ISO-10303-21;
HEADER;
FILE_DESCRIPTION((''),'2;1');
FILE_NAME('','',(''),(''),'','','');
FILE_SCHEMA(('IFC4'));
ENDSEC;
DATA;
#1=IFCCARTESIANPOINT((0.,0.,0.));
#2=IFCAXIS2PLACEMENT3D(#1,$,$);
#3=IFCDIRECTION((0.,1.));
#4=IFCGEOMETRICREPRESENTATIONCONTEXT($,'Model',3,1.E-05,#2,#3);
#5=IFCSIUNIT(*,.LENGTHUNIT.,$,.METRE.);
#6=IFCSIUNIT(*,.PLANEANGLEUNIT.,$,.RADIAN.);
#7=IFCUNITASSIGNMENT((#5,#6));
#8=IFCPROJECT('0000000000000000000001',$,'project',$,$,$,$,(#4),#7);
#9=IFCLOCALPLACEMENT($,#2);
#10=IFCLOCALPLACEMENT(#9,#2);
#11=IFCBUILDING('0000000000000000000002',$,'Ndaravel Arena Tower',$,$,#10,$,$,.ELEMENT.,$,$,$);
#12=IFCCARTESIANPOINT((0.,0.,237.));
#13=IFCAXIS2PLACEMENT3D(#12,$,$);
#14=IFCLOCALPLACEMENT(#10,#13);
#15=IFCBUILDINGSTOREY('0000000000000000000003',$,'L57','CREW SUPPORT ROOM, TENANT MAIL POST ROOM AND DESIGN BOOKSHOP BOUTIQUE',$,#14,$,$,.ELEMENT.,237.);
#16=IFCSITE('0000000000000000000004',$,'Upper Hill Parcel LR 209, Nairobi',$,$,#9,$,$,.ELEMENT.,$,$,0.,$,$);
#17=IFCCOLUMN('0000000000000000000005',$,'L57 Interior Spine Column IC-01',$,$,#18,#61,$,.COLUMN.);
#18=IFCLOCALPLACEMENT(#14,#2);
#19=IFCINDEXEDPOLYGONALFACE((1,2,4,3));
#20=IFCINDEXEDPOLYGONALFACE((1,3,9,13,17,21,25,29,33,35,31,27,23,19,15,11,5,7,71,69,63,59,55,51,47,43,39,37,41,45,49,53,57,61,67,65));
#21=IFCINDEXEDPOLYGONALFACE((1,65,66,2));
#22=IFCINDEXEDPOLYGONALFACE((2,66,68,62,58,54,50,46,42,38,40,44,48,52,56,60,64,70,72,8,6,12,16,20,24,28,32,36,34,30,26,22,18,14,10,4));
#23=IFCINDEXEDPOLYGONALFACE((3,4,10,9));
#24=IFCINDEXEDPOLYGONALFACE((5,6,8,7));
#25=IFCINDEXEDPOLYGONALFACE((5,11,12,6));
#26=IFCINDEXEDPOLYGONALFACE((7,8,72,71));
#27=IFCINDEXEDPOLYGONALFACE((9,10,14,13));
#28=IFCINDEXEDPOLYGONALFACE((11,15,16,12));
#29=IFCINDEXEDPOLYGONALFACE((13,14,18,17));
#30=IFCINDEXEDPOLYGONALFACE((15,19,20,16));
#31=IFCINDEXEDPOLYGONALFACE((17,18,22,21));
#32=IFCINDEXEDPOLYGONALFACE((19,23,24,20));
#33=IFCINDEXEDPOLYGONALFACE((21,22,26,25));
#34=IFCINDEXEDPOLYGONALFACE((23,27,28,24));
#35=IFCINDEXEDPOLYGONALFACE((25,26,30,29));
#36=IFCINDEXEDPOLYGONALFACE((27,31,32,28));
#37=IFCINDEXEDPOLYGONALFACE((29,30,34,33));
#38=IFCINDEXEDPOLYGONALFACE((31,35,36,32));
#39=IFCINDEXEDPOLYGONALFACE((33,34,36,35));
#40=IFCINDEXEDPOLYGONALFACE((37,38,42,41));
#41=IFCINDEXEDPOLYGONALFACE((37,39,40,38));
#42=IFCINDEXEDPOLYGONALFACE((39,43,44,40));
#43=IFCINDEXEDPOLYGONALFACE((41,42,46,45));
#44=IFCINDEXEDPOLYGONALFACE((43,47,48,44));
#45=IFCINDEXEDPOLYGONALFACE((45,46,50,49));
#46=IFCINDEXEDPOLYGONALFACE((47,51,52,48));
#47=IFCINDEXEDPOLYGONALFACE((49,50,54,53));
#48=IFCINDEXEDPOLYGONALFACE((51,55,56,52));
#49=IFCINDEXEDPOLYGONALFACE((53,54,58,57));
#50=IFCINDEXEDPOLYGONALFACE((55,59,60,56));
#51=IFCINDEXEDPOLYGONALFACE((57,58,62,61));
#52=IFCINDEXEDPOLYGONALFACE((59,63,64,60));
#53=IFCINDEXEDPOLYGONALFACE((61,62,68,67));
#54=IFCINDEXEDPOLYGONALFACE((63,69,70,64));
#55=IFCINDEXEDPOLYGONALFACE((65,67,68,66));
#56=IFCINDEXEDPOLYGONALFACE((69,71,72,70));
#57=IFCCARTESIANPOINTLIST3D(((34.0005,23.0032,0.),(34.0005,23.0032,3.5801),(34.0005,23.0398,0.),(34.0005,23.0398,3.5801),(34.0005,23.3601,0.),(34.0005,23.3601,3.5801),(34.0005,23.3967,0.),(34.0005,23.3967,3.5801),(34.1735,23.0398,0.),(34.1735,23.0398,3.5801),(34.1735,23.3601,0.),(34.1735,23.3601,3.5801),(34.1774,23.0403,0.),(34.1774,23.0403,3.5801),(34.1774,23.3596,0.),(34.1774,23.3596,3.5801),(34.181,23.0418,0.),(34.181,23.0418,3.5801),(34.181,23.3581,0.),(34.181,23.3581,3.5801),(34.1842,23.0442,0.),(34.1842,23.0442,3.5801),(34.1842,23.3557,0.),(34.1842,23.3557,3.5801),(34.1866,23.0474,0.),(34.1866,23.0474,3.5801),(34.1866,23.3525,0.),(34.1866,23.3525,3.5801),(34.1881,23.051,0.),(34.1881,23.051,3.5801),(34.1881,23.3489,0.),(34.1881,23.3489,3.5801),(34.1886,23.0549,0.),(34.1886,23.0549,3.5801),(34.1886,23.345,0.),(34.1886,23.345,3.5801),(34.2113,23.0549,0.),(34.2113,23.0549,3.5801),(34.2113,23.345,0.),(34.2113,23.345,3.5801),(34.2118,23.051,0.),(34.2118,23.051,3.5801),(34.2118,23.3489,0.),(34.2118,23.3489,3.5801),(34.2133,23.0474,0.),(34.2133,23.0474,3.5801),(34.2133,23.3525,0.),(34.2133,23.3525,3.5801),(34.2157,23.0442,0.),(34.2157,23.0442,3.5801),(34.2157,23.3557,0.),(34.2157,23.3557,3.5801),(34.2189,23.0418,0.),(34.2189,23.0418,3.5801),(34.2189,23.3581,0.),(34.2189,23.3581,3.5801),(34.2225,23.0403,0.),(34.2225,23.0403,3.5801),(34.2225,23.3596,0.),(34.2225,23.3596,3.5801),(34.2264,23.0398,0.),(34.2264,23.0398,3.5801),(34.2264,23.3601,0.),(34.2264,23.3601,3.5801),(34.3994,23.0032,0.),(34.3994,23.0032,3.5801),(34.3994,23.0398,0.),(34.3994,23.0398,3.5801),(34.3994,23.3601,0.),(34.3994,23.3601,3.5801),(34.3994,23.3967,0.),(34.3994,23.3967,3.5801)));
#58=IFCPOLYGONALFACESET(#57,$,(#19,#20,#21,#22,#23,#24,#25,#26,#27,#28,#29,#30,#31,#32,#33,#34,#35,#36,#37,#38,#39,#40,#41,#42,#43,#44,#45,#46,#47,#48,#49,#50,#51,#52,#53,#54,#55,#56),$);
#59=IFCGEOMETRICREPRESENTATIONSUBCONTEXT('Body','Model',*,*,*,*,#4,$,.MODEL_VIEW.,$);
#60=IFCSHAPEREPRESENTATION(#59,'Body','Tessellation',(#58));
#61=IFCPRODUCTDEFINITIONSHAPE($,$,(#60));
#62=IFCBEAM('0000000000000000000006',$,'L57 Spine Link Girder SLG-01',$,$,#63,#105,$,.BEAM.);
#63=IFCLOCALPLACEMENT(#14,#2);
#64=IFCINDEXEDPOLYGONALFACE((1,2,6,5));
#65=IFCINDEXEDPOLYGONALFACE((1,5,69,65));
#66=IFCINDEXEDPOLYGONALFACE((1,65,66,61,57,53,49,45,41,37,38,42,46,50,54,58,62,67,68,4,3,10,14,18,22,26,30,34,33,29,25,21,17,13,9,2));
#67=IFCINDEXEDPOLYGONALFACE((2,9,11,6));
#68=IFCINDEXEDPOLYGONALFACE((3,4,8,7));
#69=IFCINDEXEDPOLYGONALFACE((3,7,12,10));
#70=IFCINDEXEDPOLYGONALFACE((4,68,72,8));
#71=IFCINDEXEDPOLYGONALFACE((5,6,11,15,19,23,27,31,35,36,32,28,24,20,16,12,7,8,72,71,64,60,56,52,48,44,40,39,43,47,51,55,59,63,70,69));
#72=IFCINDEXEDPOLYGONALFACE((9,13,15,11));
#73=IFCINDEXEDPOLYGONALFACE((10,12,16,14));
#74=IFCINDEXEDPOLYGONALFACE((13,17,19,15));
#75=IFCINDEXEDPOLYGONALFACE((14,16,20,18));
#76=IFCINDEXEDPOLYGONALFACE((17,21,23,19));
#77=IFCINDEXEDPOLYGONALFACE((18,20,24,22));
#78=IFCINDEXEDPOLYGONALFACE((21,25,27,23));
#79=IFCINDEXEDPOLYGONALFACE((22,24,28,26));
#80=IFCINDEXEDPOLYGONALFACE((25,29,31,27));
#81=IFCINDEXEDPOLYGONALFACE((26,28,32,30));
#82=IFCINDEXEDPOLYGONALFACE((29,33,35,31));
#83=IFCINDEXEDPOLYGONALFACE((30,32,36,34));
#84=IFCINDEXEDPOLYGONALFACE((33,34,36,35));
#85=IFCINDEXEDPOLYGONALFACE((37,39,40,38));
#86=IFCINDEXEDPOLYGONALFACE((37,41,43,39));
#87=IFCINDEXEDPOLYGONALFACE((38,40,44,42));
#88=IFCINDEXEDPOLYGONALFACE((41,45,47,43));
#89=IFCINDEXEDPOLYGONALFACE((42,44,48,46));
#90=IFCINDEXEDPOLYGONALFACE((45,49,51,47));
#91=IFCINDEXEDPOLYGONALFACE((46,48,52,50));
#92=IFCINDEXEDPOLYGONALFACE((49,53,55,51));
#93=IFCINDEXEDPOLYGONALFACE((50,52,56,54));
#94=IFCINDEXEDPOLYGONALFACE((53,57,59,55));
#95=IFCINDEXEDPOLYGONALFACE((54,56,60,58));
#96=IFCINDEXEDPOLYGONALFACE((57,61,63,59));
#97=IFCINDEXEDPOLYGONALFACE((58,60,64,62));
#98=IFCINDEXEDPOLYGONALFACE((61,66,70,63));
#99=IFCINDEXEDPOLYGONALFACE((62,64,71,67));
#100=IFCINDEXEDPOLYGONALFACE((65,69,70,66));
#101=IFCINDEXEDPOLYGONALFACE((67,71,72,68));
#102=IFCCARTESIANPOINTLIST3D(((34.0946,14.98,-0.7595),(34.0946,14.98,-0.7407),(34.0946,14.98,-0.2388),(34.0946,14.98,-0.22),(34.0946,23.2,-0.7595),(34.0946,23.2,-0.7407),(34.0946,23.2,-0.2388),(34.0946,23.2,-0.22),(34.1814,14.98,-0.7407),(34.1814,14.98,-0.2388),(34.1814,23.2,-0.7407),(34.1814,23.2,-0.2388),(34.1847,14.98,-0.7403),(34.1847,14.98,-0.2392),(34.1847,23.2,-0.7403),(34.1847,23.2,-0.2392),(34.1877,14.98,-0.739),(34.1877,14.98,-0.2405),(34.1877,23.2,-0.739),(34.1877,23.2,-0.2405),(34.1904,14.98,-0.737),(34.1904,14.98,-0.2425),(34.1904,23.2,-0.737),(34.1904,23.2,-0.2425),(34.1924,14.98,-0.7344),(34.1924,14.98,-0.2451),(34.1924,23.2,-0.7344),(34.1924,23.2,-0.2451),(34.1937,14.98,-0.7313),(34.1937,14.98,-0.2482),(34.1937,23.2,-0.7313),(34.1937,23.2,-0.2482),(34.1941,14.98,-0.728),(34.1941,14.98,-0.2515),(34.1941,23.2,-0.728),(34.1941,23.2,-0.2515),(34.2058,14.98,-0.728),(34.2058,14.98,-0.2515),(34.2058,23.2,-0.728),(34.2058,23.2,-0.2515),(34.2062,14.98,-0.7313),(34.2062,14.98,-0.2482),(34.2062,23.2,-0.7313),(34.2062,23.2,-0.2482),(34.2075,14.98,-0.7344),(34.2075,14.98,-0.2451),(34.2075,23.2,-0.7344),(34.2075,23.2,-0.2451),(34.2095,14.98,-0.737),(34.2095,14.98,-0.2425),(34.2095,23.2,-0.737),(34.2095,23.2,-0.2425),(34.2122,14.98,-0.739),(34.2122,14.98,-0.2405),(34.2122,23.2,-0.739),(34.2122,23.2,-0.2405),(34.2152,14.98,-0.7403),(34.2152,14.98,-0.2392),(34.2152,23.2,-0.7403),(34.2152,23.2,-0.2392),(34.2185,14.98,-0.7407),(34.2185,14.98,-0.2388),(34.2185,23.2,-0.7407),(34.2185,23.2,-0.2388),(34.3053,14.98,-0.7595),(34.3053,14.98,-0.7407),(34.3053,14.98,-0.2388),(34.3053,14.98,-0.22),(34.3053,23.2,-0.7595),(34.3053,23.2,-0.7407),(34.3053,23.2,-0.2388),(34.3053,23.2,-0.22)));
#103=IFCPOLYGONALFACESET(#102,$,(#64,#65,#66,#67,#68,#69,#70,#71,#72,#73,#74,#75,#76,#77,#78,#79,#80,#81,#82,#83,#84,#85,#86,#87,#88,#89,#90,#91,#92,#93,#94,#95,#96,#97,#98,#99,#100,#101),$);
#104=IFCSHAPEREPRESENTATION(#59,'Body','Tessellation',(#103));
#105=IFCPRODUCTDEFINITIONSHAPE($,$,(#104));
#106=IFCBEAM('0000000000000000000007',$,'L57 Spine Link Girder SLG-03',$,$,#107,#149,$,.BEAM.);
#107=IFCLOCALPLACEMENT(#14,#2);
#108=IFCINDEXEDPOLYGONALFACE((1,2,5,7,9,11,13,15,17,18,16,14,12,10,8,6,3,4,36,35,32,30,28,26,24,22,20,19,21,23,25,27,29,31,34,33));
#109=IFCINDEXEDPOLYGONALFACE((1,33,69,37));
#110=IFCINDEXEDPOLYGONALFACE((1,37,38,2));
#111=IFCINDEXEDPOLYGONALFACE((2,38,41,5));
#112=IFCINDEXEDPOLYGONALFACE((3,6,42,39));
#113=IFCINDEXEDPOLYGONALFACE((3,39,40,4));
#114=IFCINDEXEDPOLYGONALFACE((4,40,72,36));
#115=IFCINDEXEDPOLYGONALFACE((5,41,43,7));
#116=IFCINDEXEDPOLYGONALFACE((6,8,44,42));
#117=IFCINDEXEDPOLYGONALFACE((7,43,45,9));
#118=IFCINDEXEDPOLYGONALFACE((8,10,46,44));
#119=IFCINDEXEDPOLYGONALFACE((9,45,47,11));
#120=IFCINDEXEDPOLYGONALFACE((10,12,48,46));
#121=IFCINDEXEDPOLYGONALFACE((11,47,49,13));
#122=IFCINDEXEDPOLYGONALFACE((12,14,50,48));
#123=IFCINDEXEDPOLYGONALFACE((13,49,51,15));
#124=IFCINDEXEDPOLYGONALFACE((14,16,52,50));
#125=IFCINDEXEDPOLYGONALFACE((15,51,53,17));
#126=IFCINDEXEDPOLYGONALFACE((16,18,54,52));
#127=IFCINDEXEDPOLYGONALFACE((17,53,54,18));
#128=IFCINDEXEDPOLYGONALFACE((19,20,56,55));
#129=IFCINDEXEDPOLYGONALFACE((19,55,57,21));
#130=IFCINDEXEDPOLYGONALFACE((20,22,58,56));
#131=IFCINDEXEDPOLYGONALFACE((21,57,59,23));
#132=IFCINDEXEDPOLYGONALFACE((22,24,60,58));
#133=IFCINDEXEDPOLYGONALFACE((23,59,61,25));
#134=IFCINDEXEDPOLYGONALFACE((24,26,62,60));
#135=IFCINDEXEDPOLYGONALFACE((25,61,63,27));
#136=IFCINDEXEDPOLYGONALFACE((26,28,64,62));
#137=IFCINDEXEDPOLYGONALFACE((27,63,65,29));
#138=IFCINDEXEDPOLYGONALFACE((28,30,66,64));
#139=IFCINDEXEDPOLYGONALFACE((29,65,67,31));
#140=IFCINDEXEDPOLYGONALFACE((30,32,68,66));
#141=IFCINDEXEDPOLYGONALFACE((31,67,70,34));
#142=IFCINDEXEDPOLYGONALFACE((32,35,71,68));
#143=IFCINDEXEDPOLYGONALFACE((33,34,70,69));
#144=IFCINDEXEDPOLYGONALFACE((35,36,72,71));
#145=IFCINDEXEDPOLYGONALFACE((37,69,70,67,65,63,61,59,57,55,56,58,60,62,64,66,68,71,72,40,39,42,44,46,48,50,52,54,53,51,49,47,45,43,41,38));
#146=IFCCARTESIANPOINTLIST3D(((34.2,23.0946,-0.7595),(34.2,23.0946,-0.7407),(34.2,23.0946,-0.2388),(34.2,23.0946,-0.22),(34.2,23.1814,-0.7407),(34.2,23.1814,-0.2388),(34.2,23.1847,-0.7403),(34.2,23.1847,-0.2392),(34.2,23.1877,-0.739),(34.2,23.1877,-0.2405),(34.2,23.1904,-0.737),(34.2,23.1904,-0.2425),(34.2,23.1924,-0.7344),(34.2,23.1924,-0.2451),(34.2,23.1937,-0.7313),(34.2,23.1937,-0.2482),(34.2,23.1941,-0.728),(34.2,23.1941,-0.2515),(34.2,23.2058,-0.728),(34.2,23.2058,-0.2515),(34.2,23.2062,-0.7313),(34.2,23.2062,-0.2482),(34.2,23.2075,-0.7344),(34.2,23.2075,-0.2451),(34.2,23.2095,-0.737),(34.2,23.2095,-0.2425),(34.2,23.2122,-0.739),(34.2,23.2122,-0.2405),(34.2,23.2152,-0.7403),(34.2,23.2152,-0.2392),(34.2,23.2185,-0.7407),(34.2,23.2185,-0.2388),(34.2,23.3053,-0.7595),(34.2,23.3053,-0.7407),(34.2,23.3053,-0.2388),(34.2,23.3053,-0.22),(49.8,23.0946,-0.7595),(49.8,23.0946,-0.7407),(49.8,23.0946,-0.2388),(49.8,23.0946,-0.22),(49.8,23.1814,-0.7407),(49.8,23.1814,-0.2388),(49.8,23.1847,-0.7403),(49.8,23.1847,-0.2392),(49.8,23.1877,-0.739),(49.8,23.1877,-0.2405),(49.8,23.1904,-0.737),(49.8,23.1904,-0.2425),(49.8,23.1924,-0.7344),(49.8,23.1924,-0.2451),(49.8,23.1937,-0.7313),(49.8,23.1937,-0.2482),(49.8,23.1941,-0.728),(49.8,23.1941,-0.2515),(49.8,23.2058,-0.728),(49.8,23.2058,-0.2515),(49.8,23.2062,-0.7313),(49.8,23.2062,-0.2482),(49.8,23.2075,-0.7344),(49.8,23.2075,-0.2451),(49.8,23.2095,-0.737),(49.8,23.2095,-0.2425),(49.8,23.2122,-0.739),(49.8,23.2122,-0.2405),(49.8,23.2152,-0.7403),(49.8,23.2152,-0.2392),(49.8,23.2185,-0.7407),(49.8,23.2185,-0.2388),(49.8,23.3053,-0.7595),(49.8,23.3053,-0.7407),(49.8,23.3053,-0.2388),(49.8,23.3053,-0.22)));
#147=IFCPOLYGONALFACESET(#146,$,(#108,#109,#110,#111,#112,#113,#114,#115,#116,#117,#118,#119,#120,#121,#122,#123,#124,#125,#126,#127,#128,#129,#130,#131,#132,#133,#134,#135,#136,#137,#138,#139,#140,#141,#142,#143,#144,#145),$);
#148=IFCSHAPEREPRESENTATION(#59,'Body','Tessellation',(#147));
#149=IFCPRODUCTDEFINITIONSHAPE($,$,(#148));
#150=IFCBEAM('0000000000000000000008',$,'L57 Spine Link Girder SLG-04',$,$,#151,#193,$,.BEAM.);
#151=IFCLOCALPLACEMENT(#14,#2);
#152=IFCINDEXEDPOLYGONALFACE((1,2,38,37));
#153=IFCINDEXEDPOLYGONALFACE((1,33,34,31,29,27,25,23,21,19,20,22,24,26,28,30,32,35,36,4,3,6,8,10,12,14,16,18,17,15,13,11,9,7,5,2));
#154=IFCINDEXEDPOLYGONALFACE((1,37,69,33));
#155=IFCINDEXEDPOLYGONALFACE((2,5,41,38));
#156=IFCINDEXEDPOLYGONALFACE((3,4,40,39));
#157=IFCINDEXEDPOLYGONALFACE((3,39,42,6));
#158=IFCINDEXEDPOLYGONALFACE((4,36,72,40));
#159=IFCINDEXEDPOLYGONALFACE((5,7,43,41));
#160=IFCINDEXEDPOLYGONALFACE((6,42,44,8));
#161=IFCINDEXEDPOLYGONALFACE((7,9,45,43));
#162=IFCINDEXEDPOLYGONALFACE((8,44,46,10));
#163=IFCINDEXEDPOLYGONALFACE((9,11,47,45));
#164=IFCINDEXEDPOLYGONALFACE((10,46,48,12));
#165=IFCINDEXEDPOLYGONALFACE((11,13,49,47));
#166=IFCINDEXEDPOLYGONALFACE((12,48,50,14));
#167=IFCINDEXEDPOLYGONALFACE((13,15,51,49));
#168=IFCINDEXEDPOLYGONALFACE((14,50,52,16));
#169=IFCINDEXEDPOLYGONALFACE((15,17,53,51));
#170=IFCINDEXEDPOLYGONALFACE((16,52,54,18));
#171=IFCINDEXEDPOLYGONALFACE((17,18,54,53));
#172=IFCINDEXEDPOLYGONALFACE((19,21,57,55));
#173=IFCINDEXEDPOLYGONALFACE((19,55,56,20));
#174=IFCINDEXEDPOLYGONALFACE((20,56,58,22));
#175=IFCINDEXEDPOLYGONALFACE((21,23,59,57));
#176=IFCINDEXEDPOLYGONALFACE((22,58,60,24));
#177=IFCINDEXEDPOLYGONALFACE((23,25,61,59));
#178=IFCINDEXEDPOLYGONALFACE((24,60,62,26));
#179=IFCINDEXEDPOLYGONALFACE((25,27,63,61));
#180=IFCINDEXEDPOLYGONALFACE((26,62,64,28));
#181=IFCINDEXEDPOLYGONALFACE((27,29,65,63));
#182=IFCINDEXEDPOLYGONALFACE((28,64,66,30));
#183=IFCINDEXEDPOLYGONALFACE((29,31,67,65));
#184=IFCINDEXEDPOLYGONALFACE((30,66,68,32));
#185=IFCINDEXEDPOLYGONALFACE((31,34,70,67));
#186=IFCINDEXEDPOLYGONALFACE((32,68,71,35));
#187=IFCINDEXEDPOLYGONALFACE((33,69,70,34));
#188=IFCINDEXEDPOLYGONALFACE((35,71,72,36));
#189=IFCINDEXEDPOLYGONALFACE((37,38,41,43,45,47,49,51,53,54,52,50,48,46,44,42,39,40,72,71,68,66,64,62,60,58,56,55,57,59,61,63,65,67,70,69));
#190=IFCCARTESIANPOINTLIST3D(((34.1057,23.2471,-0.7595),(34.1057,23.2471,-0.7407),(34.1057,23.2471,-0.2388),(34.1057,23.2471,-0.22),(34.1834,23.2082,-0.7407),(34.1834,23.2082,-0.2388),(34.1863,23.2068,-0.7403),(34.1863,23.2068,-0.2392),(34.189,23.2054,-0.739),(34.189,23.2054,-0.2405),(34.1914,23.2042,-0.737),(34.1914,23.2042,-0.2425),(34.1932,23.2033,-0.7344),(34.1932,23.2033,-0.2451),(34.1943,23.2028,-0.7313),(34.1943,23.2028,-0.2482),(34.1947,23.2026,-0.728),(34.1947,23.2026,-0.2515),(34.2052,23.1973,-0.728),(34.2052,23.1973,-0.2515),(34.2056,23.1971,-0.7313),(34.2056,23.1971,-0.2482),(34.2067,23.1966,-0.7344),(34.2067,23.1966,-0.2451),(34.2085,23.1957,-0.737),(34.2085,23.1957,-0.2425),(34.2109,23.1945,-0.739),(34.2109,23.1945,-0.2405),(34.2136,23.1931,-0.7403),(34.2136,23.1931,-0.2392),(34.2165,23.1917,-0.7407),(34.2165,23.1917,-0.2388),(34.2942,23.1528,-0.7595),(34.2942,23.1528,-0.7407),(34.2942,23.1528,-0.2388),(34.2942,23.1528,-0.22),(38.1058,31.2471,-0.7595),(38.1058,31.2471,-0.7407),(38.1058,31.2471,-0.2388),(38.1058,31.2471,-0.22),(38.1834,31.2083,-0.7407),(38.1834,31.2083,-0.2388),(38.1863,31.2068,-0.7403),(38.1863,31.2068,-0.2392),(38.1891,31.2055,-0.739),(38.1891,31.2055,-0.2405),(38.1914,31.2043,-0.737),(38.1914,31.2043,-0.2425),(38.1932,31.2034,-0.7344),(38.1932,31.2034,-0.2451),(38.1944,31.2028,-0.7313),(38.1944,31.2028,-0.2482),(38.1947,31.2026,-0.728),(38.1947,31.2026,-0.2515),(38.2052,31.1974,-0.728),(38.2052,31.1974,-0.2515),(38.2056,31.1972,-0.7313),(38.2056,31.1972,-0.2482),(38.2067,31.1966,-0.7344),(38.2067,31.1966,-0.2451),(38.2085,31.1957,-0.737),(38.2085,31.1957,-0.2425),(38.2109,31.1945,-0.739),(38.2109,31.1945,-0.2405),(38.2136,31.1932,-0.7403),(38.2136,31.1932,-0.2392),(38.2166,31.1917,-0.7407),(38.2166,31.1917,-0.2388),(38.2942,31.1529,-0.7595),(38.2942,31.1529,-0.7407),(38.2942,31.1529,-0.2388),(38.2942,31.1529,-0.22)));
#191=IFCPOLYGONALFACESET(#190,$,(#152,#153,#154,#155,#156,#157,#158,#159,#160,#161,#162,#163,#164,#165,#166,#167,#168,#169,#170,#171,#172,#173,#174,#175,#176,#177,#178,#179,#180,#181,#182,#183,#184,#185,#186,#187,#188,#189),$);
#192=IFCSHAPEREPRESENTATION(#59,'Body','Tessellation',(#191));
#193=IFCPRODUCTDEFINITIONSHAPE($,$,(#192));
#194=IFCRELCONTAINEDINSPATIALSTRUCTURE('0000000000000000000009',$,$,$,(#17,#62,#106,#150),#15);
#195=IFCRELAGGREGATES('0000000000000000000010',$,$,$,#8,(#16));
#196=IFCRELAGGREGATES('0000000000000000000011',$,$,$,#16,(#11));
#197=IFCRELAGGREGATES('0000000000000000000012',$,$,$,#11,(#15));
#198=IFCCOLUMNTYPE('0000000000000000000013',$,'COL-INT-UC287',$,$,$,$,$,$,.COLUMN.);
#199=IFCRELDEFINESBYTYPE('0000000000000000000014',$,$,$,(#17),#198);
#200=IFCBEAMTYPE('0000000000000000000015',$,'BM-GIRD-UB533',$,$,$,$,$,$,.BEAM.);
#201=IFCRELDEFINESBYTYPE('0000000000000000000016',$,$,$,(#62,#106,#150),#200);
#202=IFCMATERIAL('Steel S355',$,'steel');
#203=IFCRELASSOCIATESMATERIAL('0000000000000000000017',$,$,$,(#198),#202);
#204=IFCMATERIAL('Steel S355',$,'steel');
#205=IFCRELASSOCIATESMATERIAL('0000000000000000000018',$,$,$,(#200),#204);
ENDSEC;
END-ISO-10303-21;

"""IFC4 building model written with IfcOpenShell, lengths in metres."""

from ifc_helpers import new_model, si_unit, direction, frame, origin, origin_2d, place, context, subcontext, project, spatial, i_section, extrude, material, material_profile, profile_set, type_object, element, save


model = new_model("IFC4")

# Units and contexts
model_context = context("Model", 3, precision=1e-05, world=origin(), true_north=direction((0.0, 1.0)))
body_context = subcontext(model_context, "Body", "Model", "MODEL_VIEW")
ifc_project = project(units=[si_unit("LENGTHUNIT", "METRE"), si_unit("PLANEANGLEUNIT", "RADIAN")], contexts=[model_context])

# Site, building, storey
site_placement = place(None, origin())
site = spatial("IfcSite", under=ifc_project, at=site_placement, Name="Upper Hill Parcel LR 209, Nairobi", CompositionType="ELEMENT", RefElevation=0.0)
building_placement = place(site_placement, origin())
building = spatial("IfcBuilding", under=site, at=building_placement, Name="Ndaravel Arena Tower", CompositionType="ELEMENT")
storey_placement = place(building_placement, frame((0.0, 0.0, 237.0)))
storey = spatial("IfcBuildingStorey", under=building, at=storey_placement, Name="L57", Description="CREW SUPPORT ROOM, TENANT MAIL POST ROOM AND DESIGN BOOKSHOP BOUTIQUE", CompositionType="ELEMENT", Elevation=237.0)

# Column
ifc_material_1 = material(Name="Steel S355", Category="steel")
ifc_material_profile_1 = material_profile(ifc_material_1, i_section(OverallWidth=0.3989, OverallDepth=0.3936, WebThickness=0.0227, FlangeThickness=0.0366, FilletRadius=0.0151, at=origin_2d()), Name="UC 356x406x287")
ifc_profile_set_1 = profile_set([ifc_material_profile_1], Name="Steel S355")
column_type = type_object("IfcColumnType", Name="COL-INT-UC287", PredefinedType="COLUMN", material=ifc_profile_set_1)
column_placement = place(storey_placement, frame((34.2, 23.2, 0.0), z_axis=(0.0, 0.0, 1.0), x_axis=(1.0, 0.0, 0.0)))
element("IfcColumn", 1, at=column_placement, inside=storey, type_object=column_type, Name="L57 Interior Spine Column IC-01", PredefinedType="COLUMN", context=body_context, shape_type="SweptSolid", body=[
    extrude(i_section(OverallWidth=0.3989, OverallDepth=0.3936, WebThickness=0.0227, FlangeThickness=0.0366, FilletRadius=0.0151, at=origin_2d()), origin(), (0.0, 0.0, 1.0), 3.5801),
])

# Beams
ifc_material_2 = material(Name="Steel S355", Category="steel")
ifc_material_profile_2 = material_profile(ifc_material_2, i_section(OverallWidth=0.2107, OverallDepth=0.5396, WebThickness=0.0117, FlangeThickness=0.0188, FilletRadius=0.0127, at=origin_2d()), Name="UB 533x210x109")
ifc_profile_set_2 = profile_set([ifc_material_profile_2], Name="Steel S355")
beam_type = type_object("IfcBeamType", Name="BM-GIRD-UB533", PredefinedType="BEAM", material=ifc_profile_set_2)
beam_1_placement = place(storey_placement, frame((34.2, 14.98, -0.4897), z_axis=(0.0, 1.0, 0.0), x_axis=(-1.0, 0.0, 0.0)))
element("IfcBeam", 2, at=beam_1_placement, inside=storey, type_object=beam_type, Name="L57 Spine Link Girder SLG-01", PredefinedType="BEAM", context=body_context, shape_type="SweptSolid", body=[
    extrude(i_section(OverallWidth=0.2107, OverallDepth=0.5396, WebThickness=0.0117, FlangeThickness=0.0188, FilletRadius=0.0127, at=origin_2d()), origin(), (0.0, 0.0, 1.0), 8.22),
])
beam_2_placement = place(storey_placement, frame((34.2, 23.2, -0.4897), z_axis=(1.0, 0.0, 0.0), x_axis=(0.0, 1.0, 0.0)))
element("IfcBeam", 3, at=beam_2_placement, inside=storey, type_object=beam_type, Name="L57 Spine Link Girder SLG-03", PredefinedType="BEAM", context=body_context, shape_type="SweptSolid", body=[
    extrude(i_section(OverallWidth=0.2107, OverallDepth=0.5396, WebThickness=0.0117, FlangeThickness=0.0188, FilletRadius=0.0127, at=origin_2d()), origin(), (0.0, 0.0, 1.0), 15.6001),
])
beam_3_placement = place(storey_placement, frame((34.2, 23.2, -0.4897), z_axis=(0.447214, 0.894427, 0.0), x_axis=(-0.894427, 0.447214, 0.0)))
element("IfcBeam", 4, at=beam_3_placement, inside=storey, type_object=beam_type, Name="L57 Spine Link Girder SLG-04", PredefinedType="BEAM", context=body_context, shape_type="SweptSolid", body=[
    extrude(i_section(OverallWidth=0.2107, OverallDepth=0.5396, WebThickness=0.0117, FlangeThickness=0.0188, FilletRadius=0.0127, at=origin_2d()), origin(), (0.0, 0.0, 1.0), 8.9443),
])

save(model, "model.ifc")
